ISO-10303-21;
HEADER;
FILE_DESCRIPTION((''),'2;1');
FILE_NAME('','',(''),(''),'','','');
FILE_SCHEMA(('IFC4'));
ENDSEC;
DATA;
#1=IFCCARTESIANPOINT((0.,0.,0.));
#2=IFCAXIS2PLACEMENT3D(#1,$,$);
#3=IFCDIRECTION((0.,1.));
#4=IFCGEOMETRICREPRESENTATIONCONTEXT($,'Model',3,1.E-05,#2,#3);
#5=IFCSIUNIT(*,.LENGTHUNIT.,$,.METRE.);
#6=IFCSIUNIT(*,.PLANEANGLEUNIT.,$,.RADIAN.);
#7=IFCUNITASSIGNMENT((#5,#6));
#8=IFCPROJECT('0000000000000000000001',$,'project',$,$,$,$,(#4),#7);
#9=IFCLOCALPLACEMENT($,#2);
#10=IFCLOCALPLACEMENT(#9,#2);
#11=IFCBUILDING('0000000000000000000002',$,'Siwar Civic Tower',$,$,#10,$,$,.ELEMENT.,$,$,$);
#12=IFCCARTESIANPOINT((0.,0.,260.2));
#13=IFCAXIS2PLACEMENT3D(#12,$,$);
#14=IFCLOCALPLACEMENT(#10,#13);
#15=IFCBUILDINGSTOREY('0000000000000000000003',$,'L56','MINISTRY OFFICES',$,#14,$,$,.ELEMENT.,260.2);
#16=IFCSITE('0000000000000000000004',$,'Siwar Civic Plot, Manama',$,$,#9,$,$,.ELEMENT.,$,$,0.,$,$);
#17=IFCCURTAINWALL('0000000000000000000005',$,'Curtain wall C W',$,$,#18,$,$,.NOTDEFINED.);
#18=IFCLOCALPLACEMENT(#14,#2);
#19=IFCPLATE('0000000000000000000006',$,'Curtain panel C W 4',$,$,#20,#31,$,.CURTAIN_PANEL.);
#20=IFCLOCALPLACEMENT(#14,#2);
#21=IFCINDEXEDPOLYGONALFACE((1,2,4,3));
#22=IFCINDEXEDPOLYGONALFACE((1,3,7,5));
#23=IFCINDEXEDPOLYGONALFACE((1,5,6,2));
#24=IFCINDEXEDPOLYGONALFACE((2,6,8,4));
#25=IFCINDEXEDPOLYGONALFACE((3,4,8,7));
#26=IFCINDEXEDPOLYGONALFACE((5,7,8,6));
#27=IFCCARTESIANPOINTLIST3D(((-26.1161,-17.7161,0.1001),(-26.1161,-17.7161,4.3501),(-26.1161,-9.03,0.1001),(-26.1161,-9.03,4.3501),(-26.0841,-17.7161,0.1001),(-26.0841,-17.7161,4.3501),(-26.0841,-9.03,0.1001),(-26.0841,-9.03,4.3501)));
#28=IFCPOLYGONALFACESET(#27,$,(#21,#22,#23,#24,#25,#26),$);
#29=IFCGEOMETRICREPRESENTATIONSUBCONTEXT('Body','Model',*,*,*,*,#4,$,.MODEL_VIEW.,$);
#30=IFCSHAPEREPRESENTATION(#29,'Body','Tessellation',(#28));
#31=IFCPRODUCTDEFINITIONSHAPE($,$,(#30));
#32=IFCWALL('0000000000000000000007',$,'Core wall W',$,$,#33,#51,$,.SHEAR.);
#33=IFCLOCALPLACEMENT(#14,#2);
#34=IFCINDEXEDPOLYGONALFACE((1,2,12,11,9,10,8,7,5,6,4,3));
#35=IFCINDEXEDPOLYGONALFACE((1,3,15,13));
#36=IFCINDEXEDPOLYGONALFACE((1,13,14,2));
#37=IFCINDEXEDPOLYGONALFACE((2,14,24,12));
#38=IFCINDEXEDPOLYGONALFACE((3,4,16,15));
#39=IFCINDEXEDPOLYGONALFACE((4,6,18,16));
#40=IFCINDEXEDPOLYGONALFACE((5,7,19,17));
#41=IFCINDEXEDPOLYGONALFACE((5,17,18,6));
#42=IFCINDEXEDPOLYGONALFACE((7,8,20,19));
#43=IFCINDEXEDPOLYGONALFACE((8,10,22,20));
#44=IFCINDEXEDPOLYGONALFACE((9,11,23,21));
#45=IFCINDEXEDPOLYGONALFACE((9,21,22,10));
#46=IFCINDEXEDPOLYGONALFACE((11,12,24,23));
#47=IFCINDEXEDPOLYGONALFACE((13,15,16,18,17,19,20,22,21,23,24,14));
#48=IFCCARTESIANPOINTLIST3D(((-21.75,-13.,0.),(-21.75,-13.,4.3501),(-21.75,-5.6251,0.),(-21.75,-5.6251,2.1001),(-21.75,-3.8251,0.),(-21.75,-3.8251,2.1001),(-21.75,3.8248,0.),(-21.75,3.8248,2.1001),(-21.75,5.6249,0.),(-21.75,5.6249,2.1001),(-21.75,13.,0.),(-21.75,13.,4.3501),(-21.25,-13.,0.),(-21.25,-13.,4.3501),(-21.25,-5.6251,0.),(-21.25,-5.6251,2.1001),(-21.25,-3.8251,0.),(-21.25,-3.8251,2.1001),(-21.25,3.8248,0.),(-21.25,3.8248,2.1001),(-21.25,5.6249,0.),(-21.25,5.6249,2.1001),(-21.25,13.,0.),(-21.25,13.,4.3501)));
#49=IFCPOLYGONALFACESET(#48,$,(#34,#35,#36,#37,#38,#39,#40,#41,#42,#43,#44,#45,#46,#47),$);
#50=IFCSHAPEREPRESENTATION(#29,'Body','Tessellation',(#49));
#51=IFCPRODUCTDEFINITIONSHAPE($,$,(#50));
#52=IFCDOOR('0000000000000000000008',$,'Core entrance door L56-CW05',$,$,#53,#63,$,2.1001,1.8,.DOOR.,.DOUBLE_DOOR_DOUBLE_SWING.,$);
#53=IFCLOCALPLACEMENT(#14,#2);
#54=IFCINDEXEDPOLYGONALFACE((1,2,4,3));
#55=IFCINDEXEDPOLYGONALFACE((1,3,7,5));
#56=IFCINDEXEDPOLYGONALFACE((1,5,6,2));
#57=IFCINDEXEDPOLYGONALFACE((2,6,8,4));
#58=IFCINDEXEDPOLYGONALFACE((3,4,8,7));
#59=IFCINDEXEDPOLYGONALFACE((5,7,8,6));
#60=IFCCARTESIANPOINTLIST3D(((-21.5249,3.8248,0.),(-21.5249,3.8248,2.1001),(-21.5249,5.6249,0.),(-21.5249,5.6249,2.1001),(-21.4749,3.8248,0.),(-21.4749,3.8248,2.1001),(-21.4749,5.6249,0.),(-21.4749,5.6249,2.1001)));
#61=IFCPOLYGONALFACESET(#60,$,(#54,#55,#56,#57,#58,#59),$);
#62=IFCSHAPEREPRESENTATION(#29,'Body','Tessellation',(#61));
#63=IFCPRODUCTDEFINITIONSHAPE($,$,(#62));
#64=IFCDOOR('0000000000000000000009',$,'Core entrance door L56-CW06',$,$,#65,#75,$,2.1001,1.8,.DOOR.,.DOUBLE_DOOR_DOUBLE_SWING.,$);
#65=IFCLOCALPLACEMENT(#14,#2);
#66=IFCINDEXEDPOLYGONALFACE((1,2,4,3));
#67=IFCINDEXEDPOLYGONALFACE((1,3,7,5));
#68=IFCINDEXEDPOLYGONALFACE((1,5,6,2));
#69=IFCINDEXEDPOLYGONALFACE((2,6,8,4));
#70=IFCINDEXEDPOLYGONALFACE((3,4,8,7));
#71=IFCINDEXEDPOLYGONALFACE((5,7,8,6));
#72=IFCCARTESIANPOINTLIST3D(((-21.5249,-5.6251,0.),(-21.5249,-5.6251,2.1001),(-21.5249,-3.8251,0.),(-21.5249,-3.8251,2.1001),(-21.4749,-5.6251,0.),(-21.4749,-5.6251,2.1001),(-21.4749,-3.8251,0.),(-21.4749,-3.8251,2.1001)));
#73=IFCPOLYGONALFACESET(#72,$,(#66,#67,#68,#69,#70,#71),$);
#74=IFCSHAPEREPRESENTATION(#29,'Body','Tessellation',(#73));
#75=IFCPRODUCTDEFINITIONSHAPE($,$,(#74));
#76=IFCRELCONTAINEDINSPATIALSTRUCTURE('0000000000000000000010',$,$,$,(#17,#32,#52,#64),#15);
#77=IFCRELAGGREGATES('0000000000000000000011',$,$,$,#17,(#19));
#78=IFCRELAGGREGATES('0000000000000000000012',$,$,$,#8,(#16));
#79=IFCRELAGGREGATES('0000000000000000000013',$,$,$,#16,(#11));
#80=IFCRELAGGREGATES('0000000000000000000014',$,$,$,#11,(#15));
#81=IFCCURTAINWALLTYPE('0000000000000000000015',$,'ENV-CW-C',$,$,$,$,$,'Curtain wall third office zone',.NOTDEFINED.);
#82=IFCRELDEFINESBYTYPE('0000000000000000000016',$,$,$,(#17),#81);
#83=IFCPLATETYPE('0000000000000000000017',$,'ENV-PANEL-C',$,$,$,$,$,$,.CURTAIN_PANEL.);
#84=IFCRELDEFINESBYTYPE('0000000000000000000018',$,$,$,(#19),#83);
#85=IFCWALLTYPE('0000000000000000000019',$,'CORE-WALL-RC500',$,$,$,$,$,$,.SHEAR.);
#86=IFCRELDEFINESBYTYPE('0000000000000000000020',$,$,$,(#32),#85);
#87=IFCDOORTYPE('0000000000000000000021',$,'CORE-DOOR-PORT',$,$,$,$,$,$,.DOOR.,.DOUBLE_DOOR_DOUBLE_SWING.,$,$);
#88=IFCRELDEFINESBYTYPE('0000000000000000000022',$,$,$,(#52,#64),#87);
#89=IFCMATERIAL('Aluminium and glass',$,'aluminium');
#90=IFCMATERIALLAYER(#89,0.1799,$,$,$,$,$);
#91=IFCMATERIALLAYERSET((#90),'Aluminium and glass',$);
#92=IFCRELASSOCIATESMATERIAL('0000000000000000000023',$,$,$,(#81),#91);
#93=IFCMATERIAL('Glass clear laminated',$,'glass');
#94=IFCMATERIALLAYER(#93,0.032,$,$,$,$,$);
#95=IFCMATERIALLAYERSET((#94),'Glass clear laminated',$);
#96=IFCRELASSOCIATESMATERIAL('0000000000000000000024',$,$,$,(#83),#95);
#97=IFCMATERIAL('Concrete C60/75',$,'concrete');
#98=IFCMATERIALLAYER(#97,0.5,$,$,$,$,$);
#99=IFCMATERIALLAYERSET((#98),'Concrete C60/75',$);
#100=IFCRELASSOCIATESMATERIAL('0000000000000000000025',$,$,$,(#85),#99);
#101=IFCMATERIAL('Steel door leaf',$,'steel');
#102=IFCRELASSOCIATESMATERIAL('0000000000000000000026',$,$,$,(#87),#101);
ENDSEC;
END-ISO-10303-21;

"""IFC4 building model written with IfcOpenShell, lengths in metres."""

from ifc_helpers import new_model, si_unit, direction, frame, frame_2d, origin, origin_2d, place, context, subcontext, project, spatial, rectangle, extrude, material, layer, layer_set, type_object, element, fill, aggregate, save


model = new_model("IFC4")

# Units and contexts
model_context = context("Model", 3, precision=1e-05, world=origin(), true_north=direction((0.0, 1.0)))
body_context = subcontext(model_context, "Body", "Model", "MODEL_VIEW")
ifc_project = project(units=[si_unit("LENGTHUNIT", "METRE"), si_unit("PLANEANGLEUNIT", "RADIAN")], contexts=[model_context])

# Site, building, storey
site_placement = place(None, origin())
site = spatial("IfcSite", under=ifc_project, at=site_placement, Name="Siwar Civic Plot, Manama", CompositionType="ELEMENT", RefElevation=0.0)
building_placement = place(site_placement, origin())
building = spatial("IfcBuilding", under=site, at=building_placement, Name="Siwar Civic Tower", CompositionType="ELEMENT")
storey_placement = place(building_placement, frame((0.0, 0.0, 260.2)))
storey = spatial("IfcBuildingStorey", under=building, at=storey_placement, Name="L56", Description="MINISTRY OFFICES", CompositionType="ELEMENT", Elevation=260.2)

# Curtain wall
ifc_material_1 = material(Name="Aluminium and glass", Category="aluminium")
ifc_layer_1 = layer(ifc_material_1, 0.1799)
ifc_layer_set_1 = layer_set([ifc_layer_1], Name="Aluminium and glass")
curtain_wall_type_1 = type_object("IfcCurtainWallType", Name="ENV-CW-C", ElementType="Curtain wall third office zone", PredefinedType="NOTDEFINED", material=ifc_layer_set_1)
curtain_wall_1_placement = place(storey_placement, origin())
curtain_wall_1 = element("IfcCurtainWall", 1, at=curtain_wall_1_placement, inside=storey, type_object=curtain_wall_type_1, Name="Curtain wall C W", PredefinedType="NOTDEFINED")

# Plate
ifc_material_2 = material(Name="Glass clear laminated", Category="glass")
ifc_layer_2 = layer(ifc_material_2, 0.032)
ifc_layer_set_2 = layer_set([ifc_layer_2], Name="Glass clear laminated")
plate_type = type_object("IfcPlateType", Name="ENV-PANEL-C", PredefinedType="CURTAIN_PANEL", material=ifc_layer_set_2)
plate_placement = place(storey_placement, frame((-26.1001, -13.373, 0.1001), z_axis=(0.0, 0.0, 1.0), x_axis=(0.0, -1.0, 0.0)))
plate = element("IfcPlate", 2, at=plate_placement, type_object=plate_type, Name="Curtain panel C W 4", PredefinedType="CURTAIN_PANEL", context=body_context, shape_type="SweptSolid", body=[
    extrude(rectangle(XDim=8.686, YDim=0.032, at=origin_2d()), origin(), (0.0, 0.0, 1.0), 4.25),
])
aggregate(curtain_wall_1, [plate])

# Wall, openings, doors
ifc_material_3 = material(Name="Concrete C60/75", Category="concrete")
ifc_layer_3 = layer(ifc_material_3, 0.5)
ifc_layer_set_3 = layer_set([ifc_layer_3], Name="Concrete C60/75")
wall_type_1 = type_object("IfcWallType", Name="CORE-WALL-RC500", PredefinedType="SHEAR", material=ifc_layer_set_3)
wall_1_placement = place(storey_placement, frame((-21.5, -13.0, 0.0), z_axis=(0.0, 0.0, 1.0), x_axis=(0.0, 1.0, 0.0)))
wall_1 = element("IfcWall", 3, at=wall_1_placement, inside=storey, type_object=wall_type_1, Name="Core wall W", PredefinedType="SHEAR", context=body_context, shape_type="SweptSolid", body=[
    extrude(rectangle(XDim=26.0, YDim=0.5, at=frame_2d((13.0, 0.0))), origin(), (0.0, 0.0, 1.0), 4.3501),
])
opening_1_placement = place(wall_1_placement, frame((16.825, 0.0, 0.0)))
opening_1 = element("IfcOpeningElement", 4, at=opening_1_placement, cuts=wall_1, PredefinedType="OPENING", context=body_context, shape_type="SweptSolid", body=[
    extrude(rectangle(XDim=1.8, YDim=2.1001, at=frame_2d((0.8999, 1.05))), frame((0.0, 0.26, 0.0), z_axis=(0.0, -1.0, 0.0), x_axis=(1.0, 0.0, 0.0)), (0.0, 0.0, 1.0), 0.52),
])
opening_2_placement = place(wall_1_placement, frame((7.375, 0.0, 0.0)))
opening_2 = element("IfcOpeningElement", 5, at=opening_2_placement, cuts=wall_1, PredefinedType="OPENING", context=body_context, shape_type="SweptSolid", body=[
    extrude(rectangle(XDim=1.8, YDim=2.1001, at=frame_2d((0.8999, 1.05))), frame((0.0, 0.26, 0.0), z_axis=(0.0, -1.0, 0.0), x_axis=(1.0, 0.0, 0.0)), (0.0, 0.0, 1.0), 0.52),
])
ifc_material_4 = material(Name="Steel door leaf", Category="steel")
door_type_1 = type_object("IfcDoorType", Name="CORE-DOOR-PORT", OperationType="DOUBLE_DOOR_DOUBLE_SWING", PredefinedType="DOOR", material=ifc_material_4)
door_1_placement = place(opening_1_placement, origin())
door_1 = element("IfcDoor", 6, at=door_1_placement, inside=storey, type_object=door_type_1, Name="Core entrance door L56-CW05", OperationType="DOUBLE_DOOR_DOUBLE_SWING", OverallHeight=2.1001, OverallWidth=1.8, PredefinedType="DOOR", context=body_context, shape_type="SweptSolid", body=[
    extrude(rectangle(XDim=1.8, YDim=2.1001, at=frame_2d((0.8999, 1.05))), frame((0.0, 0.0249, 0.0), z_axis=(0.0, -1.0, 0.0), x_axis=(1.0, 0.0, 0.0)), (0.0, 0.0, 1.0), 0.05),
])
fill(opening_1, door_1)
door_2_placement = place(opening_2_placement, origin())
door_2 = element("IfcDoor", 7, at=door_2_placement, inside=storey, type_object=door_type_1, Name="Core entrance door L56-CW06", OperationType="DOUBLE_DOOR_DOUBLE_SWING", OverallHeight=2.1001, OverallWidth=1.8, PredefinedType="DOOR", context=body_context, shape_type="SweptSolid", body=[
    extrude(rectangle(XDim=1.8, YDim=2.1001, at=frame_2d((0.8999, 1.05))), frame((0.0, 0.0249, 0.0), z_axis=(0.0, -1.0, 0.0), x_axis=(1.0, 0.0, 0.0)), (0.0, 0.0, 1.0), 0.05),
])
fill(opening_2, door_2)

save(model, "model.ifc")
